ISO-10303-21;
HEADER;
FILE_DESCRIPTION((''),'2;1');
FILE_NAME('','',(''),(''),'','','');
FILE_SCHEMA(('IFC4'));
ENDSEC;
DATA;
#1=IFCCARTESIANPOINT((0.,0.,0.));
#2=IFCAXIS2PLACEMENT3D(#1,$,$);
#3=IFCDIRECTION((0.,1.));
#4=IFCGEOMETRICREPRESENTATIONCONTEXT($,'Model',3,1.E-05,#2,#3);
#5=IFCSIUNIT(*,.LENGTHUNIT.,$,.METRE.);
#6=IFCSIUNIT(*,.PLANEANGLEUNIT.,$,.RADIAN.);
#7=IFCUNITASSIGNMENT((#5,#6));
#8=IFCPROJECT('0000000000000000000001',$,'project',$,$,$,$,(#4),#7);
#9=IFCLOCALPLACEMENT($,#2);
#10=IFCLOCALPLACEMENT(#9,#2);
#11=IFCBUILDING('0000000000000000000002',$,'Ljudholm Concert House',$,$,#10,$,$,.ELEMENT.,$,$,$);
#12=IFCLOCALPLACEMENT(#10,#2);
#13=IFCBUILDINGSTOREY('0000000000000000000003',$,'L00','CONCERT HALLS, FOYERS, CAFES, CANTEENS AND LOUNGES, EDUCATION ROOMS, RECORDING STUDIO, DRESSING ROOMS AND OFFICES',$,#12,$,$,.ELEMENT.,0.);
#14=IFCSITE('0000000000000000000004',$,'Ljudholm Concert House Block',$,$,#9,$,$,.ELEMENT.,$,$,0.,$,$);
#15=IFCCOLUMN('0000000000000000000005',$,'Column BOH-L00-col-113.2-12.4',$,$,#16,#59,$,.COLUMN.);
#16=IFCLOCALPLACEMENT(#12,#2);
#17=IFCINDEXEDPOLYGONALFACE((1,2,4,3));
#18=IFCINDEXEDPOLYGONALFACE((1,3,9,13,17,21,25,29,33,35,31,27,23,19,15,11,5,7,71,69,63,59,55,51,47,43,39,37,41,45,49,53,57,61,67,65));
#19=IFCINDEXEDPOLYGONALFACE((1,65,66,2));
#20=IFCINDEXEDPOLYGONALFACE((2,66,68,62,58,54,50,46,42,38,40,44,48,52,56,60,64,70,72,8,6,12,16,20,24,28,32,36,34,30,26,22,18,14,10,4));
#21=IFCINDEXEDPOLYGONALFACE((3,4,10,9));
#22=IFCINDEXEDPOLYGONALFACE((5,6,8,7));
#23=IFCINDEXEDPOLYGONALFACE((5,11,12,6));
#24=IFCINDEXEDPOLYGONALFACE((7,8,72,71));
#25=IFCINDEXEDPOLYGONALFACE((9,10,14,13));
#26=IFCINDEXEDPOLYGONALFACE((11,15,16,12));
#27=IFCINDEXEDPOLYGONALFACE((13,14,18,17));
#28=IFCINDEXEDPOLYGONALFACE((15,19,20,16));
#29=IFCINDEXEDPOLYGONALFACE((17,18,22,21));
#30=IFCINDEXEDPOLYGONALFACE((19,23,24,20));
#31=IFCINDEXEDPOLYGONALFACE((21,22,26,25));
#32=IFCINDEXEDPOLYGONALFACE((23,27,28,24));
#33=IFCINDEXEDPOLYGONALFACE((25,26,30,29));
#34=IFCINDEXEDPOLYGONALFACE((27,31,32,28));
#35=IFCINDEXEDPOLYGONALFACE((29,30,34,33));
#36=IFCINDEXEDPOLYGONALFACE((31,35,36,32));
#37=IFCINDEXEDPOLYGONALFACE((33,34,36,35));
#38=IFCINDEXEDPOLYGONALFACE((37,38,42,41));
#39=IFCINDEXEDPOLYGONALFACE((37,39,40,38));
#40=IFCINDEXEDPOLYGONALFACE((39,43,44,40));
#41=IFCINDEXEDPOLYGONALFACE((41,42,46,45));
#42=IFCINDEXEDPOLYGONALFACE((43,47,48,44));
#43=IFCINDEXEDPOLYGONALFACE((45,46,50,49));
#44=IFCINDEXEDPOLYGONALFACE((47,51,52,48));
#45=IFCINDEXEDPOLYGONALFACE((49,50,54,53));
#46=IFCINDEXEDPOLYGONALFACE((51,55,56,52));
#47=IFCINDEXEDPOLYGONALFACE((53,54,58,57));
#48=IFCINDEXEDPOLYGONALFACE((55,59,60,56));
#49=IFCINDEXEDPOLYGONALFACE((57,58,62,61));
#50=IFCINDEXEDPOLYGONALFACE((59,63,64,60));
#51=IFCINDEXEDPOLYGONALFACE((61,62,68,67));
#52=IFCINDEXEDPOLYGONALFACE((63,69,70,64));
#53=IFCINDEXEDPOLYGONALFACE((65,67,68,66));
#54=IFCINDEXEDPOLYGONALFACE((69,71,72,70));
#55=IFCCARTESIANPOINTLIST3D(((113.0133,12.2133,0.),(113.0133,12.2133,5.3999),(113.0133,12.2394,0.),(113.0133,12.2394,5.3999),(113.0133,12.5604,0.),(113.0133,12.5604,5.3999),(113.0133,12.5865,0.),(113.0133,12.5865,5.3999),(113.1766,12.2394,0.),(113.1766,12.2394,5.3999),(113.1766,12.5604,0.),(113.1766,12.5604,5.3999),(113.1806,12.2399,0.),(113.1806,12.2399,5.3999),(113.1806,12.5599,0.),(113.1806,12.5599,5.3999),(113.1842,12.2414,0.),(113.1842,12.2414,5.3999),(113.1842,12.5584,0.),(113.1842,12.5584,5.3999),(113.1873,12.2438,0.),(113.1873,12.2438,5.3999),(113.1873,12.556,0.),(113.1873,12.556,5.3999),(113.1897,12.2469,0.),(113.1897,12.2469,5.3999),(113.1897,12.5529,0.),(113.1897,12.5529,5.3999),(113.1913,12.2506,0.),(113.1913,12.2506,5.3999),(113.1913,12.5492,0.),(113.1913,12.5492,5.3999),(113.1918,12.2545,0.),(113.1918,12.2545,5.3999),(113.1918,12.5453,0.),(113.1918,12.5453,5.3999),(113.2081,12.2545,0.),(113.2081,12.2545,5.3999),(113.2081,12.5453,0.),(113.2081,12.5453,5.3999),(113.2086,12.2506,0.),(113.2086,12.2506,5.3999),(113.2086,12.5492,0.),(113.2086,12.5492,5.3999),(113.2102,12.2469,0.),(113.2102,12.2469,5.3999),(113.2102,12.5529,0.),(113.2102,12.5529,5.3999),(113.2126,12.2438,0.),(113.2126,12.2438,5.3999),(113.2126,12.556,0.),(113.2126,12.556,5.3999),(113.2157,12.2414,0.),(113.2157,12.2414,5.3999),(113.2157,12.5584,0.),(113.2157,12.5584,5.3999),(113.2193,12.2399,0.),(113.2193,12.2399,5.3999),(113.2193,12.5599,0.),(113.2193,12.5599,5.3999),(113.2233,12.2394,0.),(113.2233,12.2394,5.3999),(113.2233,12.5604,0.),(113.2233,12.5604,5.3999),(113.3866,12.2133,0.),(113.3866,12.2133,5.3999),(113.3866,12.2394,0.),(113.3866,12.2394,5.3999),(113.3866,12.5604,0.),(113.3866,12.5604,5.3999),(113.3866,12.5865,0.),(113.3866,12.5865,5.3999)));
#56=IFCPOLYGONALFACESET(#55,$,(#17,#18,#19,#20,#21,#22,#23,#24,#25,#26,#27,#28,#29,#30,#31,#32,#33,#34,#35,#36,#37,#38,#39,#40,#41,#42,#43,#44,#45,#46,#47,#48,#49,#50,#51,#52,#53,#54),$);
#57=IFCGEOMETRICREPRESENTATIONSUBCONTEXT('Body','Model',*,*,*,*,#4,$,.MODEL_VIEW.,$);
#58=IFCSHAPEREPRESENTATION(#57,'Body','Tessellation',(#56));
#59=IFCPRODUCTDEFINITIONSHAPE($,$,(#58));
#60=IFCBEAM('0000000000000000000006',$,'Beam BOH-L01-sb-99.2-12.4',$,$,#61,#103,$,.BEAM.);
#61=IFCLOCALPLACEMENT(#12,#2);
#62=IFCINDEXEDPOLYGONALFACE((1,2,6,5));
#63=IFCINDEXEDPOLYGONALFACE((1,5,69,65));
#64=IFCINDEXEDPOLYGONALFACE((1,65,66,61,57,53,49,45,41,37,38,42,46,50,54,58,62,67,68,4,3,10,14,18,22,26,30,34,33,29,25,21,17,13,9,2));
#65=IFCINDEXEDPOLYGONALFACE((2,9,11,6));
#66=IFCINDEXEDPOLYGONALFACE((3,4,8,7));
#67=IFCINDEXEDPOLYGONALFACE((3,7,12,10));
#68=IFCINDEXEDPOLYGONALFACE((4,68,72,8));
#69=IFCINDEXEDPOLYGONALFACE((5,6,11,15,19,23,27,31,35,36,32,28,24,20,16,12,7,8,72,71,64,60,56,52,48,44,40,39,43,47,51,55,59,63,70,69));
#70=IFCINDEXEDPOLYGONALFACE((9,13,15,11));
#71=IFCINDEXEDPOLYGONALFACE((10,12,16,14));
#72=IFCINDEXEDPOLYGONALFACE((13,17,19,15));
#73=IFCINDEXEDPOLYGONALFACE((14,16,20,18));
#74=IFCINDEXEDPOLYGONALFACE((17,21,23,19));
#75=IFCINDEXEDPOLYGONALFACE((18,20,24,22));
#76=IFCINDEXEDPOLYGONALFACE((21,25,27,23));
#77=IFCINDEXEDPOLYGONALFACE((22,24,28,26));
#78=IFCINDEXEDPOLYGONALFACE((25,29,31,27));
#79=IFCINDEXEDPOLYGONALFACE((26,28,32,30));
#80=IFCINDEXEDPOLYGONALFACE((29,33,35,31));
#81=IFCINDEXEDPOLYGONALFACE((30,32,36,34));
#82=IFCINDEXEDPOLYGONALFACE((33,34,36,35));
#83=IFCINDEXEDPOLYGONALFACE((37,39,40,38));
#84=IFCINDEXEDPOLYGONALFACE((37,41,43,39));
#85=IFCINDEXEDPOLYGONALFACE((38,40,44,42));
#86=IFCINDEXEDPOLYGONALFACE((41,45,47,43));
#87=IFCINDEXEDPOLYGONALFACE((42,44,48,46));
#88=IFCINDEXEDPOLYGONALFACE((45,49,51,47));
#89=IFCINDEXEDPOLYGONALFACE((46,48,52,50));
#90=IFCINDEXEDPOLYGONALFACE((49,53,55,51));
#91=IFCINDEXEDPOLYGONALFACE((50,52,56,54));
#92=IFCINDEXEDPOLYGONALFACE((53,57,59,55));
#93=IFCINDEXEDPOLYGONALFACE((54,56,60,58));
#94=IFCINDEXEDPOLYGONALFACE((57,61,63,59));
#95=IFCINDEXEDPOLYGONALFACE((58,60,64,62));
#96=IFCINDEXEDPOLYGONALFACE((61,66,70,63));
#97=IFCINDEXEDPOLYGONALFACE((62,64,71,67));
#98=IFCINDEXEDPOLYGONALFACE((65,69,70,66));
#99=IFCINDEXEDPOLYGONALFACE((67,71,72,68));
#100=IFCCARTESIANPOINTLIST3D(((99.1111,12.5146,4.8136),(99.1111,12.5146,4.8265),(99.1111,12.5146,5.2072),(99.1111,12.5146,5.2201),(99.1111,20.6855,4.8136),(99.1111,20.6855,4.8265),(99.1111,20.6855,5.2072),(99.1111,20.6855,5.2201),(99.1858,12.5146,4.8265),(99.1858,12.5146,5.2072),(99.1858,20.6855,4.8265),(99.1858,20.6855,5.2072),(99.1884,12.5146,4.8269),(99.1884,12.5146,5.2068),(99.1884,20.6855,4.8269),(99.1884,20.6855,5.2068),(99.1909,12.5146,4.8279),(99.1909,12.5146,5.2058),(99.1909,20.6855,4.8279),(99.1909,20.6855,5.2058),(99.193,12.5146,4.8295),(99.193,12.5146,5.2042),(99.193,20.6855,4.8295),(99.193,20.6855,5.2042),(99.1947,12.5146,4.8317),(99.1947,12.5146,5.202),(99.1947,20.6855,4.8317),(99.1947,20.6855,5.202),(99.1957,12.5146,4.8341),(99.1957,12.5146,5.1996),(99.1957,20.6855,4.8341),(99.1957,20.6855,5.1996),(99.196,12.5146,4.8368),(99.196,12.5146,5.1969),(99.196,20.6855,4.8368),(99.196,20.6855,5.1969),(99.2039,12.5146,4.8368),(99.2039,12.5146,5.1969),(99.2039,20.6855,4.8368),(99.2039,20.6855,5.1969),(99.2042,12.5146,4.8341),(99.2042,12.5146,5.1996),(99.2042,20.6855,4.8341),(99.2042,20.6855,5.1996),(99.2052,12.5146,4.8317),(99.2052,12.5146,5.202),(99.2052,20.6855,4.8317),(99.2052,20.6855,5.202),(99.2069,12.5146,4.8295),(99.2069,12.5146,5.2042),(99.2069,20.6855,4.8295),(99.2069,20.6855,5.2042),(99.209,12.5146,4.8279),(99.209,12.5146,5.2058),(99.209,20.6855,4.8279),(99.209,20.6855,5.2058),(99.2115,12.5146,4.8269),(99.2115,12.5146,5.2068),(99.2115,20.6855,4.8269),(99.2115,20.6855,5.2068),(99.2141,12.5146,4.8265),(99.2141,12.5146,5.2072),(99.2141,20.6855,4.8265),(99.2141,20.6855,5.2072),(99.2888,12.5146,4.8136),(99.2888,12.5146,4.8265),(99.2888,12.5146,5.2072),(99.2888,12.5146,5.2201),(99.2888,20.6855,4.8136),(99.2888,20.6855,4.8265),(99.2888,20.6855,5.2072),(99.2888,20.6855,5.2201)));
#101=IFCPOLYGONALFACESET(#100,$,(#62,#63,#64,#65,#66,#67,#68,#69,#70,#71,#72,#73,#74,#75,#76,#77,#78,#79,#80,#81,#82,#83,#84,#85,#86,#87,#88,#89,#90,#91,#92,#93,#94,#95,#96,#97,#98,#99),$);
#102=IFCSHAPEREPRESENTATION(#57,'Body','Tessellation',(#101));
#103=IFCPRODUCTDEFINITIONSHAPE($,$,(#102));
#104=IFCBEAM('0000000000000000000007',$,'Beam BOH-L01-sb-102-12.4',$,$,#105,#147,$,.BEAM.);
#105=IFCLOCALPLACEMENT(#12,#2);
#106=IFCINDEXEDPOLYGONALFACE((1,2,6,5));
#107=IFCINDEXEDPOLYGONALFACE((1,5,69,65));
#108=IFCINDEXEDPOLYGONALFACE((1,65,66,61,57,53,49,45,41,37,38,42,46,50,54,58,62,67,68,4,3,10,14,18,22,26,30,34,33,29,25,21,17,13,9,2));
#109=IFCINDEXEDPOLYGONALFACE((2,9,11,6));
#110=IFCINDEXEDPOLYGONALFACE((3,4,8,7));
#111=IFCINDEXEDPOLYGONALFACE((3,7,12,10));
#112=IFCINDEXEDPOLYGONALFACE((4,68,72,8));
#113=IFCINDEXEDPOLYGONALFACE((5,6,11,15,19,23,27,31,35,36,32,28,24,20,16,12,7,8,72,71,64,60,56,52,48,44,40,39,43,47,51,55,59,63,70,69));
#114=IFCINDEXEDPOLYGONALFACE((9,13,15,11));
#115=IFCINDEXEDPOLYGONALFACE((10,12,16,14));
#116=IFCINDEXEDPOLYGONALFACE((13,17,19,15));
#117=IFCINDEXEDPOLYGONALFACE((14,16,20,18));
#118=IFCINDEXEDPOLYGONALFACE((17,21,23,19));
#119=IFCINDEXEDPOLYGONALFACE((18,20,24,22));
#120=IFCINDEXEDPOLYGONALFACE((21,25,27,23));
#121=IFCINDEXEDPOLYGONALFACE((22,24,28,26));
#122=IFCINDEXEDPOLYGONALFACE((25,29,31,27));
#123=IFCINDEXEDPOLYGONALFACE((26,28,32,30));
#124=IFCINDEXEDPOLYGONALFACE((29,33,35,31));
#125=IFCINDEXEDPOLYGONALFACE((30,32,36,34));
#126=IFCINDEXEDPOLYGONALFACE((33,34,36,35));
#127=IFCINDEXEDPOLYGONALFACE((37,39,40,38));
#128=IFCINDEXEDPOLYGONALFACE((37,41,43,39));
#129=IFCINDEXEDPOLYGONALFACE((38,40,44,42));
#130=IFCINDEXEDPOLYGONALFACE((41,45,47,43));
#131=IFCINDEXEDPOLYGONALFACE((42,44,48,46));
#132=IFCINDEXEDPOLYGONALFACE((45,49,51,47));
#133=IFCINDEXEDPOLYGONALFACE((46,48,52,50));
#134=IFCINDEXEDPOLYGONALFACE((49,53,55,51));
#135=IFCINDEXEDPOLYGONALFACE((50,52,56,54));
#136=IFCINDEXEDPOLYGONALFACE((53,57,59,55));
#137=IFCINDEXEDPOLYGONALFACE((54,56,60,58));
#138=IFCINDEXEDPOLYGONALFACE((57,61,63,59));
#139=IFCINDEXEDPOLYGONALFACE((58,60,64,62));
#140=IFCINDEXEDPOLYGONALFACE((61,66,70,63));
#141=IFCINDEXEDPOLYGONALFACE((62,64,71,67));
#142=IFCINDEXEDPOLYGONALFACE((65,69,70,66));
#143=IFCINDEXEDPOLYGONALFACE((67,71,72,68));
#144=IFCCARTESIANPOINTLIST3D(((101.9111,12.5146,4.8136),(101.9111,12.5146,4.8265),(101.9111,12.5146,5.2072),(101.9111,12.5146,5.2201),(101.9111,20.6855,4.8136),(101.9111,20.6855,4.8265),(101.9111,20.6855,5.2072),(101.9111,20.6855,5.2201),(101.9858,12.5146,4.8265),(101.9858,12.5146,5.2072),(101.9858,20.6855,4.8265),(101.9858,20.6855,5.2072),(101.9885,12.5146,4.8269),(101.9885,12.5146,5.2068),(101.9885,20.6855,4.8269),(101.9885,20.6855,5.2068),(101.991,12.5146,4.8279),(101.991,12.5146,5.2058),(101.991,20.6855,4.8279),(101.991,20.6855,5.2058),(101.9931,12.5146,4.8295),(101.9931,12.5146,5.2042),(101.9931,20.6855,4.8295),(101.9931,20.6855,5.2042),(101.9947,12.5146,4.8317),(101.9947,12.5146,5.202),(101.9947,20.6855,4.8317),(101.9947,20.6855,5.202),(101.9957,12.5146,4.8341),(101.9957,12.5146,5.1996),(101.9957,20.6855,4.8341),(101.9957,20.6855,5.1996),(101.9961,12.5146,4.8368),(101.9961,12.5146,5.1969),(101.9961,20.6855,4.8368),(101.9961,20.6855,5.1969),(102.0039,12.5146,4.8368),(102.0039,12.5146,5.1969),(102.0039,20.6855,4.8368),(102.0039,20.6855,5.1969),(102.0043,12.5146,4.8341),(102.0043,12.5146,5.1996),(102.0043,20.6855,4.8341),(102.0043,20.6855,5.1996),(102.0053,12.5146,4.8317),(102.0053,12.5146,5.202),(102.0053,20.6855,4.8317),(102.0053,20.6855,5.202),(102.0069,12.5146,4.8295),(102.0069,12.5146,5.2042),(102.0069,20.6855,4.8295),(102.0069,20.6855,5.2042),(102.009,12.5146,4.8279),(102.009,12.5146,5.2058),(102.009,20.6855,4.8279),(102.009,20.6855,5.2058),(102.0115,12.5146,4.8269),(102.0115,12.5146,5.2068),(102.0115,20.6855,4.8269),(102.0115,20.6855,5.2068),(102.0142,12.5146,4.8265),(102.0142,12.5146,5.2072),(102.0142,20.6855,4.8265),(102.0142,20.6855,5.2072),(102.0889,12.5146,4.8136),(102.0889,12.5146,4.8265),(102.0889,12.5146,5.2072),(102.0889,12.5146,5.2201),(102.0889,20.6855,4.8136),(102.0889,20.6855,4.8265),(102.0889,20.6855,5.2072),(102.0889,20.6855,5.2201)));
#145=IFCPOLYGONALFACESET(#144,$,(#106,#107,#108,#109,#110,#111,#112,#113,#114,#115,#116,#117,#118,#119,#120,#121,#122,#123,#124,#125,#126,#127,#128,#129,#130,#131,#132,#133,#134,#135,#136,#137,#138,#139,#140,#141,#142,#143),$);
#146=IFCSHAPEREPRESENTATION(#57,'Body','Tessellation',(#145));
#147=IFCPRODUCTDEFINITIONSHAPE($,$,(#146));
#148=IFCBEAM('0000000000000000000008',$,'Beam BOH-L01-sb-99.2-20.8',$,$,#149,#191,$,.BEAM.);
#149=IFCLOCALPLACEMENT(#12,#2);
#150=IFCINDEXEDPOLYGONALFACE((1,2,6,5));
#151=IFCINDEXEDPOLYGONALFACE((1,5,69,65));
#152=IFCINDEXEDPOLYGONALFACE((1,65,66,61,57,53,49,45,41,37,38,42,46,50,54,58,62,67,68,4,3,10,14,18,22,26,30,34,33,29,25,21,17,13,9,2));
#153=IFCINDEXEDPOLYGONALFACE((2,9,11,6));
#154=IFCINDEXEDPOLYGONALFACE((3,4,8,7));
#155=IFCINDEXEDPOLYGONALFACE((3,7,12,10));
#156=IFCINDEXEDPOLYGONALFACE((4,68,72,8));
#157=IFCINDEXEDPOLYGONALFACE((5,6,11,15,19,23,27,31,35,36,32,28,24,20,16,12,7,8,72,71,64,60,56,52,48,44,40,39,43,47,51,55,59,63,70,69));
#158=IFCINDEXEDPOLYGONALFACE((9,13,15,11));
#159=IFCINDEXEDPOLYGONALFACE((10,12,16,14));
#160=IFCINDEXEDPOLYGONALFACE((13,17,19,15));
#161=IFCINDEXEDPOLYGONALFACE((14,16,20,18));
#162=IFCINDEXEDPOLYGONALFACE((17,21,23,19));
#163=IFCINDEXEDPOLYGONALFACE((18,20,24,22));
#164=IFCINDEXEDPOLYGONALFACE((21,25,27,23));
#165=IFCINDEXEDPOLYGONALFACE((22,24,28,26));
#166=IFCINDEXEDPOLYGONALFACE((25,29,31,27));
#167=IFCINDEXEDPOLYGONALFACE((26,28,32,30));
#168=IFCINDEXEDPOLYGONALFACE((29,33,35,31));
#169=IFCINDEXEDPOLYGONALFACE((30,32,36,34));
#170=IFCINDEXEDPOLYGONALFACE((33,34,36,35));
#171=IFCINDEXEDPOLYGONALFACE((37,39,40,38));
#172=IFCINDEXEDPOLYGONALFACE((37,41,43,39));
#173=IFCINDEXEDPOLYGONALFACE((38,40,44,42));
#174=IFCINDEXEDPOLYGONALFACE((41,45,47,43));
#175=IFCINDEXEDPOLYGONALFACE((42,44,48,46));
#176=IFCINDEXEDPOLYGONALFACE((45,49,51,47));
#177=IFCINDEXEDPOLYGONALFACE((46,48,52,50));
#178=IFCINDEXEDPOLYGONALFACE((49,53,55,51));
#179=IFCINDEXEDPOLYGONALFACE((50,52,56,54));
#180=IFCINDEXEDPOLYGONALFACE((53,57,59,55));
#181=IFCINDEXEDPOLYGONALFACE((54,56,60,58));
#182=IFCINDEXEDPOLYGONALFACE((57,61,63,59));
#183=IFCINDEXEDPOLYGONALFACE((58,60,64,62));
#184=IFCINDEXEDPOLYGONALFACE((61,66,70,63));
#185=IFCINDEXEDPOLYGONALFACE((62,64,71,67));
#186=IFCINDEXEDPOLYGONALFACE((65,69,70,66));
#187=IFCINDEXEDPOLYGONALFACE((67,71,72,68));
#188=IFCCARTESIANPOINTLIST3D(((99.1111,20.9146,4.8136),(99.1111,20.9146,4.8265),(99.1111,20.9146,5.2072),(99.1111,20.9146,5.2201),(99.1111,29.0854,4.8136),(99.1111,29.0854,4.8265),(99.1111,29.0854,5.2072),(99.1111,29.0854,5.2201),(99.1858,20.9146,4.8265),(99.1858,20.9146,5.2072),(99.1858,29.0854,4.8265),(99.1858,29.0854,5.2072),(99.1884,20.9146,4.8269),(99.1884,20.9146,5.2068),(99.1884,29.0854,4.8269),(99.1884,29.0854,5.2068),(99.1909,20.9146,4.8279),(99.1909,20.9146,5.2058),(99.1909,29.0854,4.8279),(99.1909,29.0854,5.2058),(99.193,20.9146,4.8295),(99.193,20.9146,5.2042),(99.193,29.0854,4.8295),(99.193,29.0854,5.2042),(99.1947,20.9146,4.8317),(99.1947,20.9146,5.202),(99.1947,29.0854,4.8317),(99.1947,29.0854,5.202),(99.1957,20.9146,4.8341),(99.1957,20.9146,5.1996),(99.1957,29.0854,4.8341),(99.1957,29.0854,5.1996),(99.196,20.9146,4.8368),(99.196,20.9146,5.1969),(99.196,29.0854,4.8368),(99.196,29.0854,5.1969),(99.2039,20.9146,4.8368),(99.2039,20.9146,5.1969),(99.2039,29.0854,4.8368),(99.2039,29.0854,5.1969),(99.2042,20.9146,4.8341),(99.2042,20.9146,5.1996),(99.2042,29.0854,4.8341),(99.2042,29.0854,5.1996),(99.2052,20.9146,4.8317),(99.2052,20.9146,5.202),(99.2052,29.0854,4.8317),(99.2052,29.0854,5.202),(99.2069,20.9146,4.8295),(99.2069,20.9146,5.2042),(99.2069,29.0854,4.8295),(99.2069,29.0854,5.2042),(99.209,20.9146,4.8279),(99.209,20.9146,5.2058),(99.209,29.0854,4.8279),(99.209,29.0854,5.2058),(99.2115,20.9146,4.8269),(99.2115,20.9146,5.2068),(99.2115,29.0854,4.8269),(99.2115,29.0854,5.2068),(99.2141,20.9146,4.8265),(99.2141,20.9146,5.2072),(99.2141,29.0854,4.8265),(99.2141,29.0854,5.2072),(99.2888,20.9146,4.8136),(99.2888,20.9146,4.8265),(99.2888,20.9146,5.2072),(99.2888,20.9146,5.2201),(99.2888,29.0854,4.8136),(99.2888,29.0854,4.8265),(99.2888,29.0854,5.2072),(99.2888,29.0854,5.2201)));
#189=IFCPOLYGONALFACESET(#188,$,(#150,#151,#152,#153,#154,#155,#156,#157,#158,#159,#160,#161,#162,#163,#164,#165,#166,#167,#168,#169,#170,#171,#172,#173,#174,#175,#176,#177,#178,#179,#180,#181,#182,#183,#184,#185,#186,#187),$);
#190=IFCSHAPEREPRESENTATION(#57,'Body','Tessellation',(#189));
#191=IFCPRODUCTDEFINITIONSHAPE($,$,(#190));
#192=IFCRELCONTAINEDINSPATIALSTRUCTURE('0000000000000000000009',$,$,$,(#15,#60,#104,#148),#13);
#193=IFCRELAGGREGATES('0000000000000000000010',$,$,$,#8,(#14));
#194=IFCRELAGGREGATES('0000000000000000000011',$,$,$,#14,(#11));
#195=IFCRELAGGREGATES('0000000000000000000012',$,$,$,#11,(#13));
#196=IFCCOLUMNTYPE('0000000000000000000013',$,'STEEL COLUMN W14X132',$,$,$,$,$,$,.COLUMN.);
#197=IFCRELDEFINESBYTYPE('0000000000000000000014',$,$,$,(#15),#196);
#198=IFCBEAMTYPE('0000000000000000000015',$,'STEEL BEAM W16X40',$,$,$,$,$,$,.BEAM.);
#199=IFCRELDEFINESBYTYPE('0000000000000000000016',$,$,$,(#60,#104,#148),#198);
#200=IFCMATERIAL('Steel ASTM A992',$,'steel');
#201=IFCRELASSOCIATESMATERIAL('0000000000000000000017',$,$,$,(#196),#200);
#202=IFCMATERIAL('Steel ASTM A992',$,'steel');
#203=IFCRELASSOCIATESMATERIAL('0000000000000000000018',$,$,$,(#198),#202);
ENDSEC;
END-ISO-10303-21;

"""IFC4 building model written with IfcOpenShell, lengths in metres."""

from ifc_helpers import new_model, si_unit, direction, frame, origin, origin_2d, place, context, subcontext, project, spatial, i_section, extrude, material, material_profile, profile_set, type_object, element, save


model = new_model("IFC4")

# Units and contexts
model_context = context("Model", 3, precision=1e-05, world=origin(), true_north=direction((0.0, 1.0)))
body_context = subcontext(model_context, "Body", "Model", "MODEL_VIEW")
ifc_project = project(units=[si_unit("LENGTHUNIT", "METRE"), si_unit("PLANEANGLEUNIT", "RADIAN")], contexts=[model_context])

# Site, building, storey
site_placement = place(None, origin())
site = spatial("IfcSite", under=ifc_project, at=site_placement, Name="Ljudholm Concert House Block", CompositionType="ELEMENT", RefElevation=0.0)
building_placement = place(site_placement, origin())
building = spatial("IfcBuilding", under=site, at=building_placement, Name="Ljudholm Concert House", CompositionType="ELEMENT")
storey_placement = place(building_placement, origin())
storey = spatial("IfcBuildingStorey", under=building, at=storey_placement, Name="L00", Description="CONCERT HALLS, FOYERS, CAFES, CANTEENS AND LOUNGES, EDUCATION ROOMS, RECORDING STUDIO, DRESSING ROOMS AND OFFICES", CompositionType="ELEMENT", Elevation=0.0)

# Column
ifc_material_1 = material(Name="Steel ASTM A992", Category="steel")
ifc_material_profile_1 = material_profile(ifc_material_1, i_section(OverallWidth=0.3733, OverallDepth=0.3733, WebThickness=0.0164, FlangeThickness=0.0261, FilletRadius=0.0151, at=origin_2d()), Name="W14X132")
ifc_profile_set_1 = profile_set([ifc_material_profile_1], Name="Steel ASTM A992")
column_type = type_object("IfcColumnType", Name="STEEL COLUMN W14X132", PredefinedType="COLUMN", material=ifc_profile_set_1)
for number, where, z_axis, x_axis, name in (
    (1, (113.2, 12.3999, 0.0), (0.0, 0.0, 1.0), (1.0, 0.0, 0.0), "Column BOH-L00-col-113.2-12.4"),
):
    element("IfcColumn", number, at=place(storey_placement, frame(where, z_axis=z_axis, x_axis=x_axis)), inside=storey, type_object=column_type, Name=name, PredefinedType="COLUMN", context=body_context, shape_type="SweptSolid", body=[
        extrude(i_section(OverallWidth=0.3733, OverallDepth=0.3733, WebThickness=0.0164, FlangeThickness=0.0261, FilletRadius=0.0151, at=origin_2d()), origin(), (0.0, 0.0, 1.0), 5.3999),
    ])

# Beams
ifc_material_2 = material(Name="Steel ASTM A992", Category="steel")
ifc_material_profile_2 = material_profile(ifc_material_2, i_section(OverallWidth=0.1777, OverallDepth=0.4065, WebThickness=0.0078, FlangeThickness=0.0129, FilletRadius=0.0103, at=origin_2d()), Name="W16X40")
ifc_profile_set_2 = profile_set([ifc_material_profile_2], Name="Steel ASTM A992")
beam_type_1 = type_object("IfcBeamType", Name="STEEL BEAM W16X40", PredefinedType="BEAM", material=ifc_profile_set_2)
for number, where, z_axis, x_axis, name in (
    (2, (99.2, 12.5146, 5.0168), (0.0, 1.0, 0.0), (-1.0, 0.0, 0.0), "Beam BOH-L01-sb-99.2-12.4"),
    (3, (102.0, 12.5146, 5.0168), (0.0, 1.0, 0.0), (-1.0, 0.0, 0.0), "Beam BOH-L01-sb-102-12.4"),
    (4, (99.2, 20.9146, 5.0168), (0.0, 1.0, 0.0), (-1.0, 0.0, 0.0), "Beam BOH-L01-sb-99.2-20.8"),
):
    element("IfcBeam", number, at=place(storey_placement, frame(where, z_axis=z_axis, x_axis=x_axis)), inside=storey, type_object=beam_type_1, Name=name, PredefinedType="BEAM", context=body_context, shape_type="SweptSolid", body=[
        extrude(i_section(OverallWidth=0.1777, OverallDepth=0.4065, WebThickness=0.0078, FlangeThickness=0.0129, FilletRadius=0.0103, at=origin_2d()), origin(), (0.0, 0.0, 1.0), 8.1709),
    ])

save(model, "model.ifc")
